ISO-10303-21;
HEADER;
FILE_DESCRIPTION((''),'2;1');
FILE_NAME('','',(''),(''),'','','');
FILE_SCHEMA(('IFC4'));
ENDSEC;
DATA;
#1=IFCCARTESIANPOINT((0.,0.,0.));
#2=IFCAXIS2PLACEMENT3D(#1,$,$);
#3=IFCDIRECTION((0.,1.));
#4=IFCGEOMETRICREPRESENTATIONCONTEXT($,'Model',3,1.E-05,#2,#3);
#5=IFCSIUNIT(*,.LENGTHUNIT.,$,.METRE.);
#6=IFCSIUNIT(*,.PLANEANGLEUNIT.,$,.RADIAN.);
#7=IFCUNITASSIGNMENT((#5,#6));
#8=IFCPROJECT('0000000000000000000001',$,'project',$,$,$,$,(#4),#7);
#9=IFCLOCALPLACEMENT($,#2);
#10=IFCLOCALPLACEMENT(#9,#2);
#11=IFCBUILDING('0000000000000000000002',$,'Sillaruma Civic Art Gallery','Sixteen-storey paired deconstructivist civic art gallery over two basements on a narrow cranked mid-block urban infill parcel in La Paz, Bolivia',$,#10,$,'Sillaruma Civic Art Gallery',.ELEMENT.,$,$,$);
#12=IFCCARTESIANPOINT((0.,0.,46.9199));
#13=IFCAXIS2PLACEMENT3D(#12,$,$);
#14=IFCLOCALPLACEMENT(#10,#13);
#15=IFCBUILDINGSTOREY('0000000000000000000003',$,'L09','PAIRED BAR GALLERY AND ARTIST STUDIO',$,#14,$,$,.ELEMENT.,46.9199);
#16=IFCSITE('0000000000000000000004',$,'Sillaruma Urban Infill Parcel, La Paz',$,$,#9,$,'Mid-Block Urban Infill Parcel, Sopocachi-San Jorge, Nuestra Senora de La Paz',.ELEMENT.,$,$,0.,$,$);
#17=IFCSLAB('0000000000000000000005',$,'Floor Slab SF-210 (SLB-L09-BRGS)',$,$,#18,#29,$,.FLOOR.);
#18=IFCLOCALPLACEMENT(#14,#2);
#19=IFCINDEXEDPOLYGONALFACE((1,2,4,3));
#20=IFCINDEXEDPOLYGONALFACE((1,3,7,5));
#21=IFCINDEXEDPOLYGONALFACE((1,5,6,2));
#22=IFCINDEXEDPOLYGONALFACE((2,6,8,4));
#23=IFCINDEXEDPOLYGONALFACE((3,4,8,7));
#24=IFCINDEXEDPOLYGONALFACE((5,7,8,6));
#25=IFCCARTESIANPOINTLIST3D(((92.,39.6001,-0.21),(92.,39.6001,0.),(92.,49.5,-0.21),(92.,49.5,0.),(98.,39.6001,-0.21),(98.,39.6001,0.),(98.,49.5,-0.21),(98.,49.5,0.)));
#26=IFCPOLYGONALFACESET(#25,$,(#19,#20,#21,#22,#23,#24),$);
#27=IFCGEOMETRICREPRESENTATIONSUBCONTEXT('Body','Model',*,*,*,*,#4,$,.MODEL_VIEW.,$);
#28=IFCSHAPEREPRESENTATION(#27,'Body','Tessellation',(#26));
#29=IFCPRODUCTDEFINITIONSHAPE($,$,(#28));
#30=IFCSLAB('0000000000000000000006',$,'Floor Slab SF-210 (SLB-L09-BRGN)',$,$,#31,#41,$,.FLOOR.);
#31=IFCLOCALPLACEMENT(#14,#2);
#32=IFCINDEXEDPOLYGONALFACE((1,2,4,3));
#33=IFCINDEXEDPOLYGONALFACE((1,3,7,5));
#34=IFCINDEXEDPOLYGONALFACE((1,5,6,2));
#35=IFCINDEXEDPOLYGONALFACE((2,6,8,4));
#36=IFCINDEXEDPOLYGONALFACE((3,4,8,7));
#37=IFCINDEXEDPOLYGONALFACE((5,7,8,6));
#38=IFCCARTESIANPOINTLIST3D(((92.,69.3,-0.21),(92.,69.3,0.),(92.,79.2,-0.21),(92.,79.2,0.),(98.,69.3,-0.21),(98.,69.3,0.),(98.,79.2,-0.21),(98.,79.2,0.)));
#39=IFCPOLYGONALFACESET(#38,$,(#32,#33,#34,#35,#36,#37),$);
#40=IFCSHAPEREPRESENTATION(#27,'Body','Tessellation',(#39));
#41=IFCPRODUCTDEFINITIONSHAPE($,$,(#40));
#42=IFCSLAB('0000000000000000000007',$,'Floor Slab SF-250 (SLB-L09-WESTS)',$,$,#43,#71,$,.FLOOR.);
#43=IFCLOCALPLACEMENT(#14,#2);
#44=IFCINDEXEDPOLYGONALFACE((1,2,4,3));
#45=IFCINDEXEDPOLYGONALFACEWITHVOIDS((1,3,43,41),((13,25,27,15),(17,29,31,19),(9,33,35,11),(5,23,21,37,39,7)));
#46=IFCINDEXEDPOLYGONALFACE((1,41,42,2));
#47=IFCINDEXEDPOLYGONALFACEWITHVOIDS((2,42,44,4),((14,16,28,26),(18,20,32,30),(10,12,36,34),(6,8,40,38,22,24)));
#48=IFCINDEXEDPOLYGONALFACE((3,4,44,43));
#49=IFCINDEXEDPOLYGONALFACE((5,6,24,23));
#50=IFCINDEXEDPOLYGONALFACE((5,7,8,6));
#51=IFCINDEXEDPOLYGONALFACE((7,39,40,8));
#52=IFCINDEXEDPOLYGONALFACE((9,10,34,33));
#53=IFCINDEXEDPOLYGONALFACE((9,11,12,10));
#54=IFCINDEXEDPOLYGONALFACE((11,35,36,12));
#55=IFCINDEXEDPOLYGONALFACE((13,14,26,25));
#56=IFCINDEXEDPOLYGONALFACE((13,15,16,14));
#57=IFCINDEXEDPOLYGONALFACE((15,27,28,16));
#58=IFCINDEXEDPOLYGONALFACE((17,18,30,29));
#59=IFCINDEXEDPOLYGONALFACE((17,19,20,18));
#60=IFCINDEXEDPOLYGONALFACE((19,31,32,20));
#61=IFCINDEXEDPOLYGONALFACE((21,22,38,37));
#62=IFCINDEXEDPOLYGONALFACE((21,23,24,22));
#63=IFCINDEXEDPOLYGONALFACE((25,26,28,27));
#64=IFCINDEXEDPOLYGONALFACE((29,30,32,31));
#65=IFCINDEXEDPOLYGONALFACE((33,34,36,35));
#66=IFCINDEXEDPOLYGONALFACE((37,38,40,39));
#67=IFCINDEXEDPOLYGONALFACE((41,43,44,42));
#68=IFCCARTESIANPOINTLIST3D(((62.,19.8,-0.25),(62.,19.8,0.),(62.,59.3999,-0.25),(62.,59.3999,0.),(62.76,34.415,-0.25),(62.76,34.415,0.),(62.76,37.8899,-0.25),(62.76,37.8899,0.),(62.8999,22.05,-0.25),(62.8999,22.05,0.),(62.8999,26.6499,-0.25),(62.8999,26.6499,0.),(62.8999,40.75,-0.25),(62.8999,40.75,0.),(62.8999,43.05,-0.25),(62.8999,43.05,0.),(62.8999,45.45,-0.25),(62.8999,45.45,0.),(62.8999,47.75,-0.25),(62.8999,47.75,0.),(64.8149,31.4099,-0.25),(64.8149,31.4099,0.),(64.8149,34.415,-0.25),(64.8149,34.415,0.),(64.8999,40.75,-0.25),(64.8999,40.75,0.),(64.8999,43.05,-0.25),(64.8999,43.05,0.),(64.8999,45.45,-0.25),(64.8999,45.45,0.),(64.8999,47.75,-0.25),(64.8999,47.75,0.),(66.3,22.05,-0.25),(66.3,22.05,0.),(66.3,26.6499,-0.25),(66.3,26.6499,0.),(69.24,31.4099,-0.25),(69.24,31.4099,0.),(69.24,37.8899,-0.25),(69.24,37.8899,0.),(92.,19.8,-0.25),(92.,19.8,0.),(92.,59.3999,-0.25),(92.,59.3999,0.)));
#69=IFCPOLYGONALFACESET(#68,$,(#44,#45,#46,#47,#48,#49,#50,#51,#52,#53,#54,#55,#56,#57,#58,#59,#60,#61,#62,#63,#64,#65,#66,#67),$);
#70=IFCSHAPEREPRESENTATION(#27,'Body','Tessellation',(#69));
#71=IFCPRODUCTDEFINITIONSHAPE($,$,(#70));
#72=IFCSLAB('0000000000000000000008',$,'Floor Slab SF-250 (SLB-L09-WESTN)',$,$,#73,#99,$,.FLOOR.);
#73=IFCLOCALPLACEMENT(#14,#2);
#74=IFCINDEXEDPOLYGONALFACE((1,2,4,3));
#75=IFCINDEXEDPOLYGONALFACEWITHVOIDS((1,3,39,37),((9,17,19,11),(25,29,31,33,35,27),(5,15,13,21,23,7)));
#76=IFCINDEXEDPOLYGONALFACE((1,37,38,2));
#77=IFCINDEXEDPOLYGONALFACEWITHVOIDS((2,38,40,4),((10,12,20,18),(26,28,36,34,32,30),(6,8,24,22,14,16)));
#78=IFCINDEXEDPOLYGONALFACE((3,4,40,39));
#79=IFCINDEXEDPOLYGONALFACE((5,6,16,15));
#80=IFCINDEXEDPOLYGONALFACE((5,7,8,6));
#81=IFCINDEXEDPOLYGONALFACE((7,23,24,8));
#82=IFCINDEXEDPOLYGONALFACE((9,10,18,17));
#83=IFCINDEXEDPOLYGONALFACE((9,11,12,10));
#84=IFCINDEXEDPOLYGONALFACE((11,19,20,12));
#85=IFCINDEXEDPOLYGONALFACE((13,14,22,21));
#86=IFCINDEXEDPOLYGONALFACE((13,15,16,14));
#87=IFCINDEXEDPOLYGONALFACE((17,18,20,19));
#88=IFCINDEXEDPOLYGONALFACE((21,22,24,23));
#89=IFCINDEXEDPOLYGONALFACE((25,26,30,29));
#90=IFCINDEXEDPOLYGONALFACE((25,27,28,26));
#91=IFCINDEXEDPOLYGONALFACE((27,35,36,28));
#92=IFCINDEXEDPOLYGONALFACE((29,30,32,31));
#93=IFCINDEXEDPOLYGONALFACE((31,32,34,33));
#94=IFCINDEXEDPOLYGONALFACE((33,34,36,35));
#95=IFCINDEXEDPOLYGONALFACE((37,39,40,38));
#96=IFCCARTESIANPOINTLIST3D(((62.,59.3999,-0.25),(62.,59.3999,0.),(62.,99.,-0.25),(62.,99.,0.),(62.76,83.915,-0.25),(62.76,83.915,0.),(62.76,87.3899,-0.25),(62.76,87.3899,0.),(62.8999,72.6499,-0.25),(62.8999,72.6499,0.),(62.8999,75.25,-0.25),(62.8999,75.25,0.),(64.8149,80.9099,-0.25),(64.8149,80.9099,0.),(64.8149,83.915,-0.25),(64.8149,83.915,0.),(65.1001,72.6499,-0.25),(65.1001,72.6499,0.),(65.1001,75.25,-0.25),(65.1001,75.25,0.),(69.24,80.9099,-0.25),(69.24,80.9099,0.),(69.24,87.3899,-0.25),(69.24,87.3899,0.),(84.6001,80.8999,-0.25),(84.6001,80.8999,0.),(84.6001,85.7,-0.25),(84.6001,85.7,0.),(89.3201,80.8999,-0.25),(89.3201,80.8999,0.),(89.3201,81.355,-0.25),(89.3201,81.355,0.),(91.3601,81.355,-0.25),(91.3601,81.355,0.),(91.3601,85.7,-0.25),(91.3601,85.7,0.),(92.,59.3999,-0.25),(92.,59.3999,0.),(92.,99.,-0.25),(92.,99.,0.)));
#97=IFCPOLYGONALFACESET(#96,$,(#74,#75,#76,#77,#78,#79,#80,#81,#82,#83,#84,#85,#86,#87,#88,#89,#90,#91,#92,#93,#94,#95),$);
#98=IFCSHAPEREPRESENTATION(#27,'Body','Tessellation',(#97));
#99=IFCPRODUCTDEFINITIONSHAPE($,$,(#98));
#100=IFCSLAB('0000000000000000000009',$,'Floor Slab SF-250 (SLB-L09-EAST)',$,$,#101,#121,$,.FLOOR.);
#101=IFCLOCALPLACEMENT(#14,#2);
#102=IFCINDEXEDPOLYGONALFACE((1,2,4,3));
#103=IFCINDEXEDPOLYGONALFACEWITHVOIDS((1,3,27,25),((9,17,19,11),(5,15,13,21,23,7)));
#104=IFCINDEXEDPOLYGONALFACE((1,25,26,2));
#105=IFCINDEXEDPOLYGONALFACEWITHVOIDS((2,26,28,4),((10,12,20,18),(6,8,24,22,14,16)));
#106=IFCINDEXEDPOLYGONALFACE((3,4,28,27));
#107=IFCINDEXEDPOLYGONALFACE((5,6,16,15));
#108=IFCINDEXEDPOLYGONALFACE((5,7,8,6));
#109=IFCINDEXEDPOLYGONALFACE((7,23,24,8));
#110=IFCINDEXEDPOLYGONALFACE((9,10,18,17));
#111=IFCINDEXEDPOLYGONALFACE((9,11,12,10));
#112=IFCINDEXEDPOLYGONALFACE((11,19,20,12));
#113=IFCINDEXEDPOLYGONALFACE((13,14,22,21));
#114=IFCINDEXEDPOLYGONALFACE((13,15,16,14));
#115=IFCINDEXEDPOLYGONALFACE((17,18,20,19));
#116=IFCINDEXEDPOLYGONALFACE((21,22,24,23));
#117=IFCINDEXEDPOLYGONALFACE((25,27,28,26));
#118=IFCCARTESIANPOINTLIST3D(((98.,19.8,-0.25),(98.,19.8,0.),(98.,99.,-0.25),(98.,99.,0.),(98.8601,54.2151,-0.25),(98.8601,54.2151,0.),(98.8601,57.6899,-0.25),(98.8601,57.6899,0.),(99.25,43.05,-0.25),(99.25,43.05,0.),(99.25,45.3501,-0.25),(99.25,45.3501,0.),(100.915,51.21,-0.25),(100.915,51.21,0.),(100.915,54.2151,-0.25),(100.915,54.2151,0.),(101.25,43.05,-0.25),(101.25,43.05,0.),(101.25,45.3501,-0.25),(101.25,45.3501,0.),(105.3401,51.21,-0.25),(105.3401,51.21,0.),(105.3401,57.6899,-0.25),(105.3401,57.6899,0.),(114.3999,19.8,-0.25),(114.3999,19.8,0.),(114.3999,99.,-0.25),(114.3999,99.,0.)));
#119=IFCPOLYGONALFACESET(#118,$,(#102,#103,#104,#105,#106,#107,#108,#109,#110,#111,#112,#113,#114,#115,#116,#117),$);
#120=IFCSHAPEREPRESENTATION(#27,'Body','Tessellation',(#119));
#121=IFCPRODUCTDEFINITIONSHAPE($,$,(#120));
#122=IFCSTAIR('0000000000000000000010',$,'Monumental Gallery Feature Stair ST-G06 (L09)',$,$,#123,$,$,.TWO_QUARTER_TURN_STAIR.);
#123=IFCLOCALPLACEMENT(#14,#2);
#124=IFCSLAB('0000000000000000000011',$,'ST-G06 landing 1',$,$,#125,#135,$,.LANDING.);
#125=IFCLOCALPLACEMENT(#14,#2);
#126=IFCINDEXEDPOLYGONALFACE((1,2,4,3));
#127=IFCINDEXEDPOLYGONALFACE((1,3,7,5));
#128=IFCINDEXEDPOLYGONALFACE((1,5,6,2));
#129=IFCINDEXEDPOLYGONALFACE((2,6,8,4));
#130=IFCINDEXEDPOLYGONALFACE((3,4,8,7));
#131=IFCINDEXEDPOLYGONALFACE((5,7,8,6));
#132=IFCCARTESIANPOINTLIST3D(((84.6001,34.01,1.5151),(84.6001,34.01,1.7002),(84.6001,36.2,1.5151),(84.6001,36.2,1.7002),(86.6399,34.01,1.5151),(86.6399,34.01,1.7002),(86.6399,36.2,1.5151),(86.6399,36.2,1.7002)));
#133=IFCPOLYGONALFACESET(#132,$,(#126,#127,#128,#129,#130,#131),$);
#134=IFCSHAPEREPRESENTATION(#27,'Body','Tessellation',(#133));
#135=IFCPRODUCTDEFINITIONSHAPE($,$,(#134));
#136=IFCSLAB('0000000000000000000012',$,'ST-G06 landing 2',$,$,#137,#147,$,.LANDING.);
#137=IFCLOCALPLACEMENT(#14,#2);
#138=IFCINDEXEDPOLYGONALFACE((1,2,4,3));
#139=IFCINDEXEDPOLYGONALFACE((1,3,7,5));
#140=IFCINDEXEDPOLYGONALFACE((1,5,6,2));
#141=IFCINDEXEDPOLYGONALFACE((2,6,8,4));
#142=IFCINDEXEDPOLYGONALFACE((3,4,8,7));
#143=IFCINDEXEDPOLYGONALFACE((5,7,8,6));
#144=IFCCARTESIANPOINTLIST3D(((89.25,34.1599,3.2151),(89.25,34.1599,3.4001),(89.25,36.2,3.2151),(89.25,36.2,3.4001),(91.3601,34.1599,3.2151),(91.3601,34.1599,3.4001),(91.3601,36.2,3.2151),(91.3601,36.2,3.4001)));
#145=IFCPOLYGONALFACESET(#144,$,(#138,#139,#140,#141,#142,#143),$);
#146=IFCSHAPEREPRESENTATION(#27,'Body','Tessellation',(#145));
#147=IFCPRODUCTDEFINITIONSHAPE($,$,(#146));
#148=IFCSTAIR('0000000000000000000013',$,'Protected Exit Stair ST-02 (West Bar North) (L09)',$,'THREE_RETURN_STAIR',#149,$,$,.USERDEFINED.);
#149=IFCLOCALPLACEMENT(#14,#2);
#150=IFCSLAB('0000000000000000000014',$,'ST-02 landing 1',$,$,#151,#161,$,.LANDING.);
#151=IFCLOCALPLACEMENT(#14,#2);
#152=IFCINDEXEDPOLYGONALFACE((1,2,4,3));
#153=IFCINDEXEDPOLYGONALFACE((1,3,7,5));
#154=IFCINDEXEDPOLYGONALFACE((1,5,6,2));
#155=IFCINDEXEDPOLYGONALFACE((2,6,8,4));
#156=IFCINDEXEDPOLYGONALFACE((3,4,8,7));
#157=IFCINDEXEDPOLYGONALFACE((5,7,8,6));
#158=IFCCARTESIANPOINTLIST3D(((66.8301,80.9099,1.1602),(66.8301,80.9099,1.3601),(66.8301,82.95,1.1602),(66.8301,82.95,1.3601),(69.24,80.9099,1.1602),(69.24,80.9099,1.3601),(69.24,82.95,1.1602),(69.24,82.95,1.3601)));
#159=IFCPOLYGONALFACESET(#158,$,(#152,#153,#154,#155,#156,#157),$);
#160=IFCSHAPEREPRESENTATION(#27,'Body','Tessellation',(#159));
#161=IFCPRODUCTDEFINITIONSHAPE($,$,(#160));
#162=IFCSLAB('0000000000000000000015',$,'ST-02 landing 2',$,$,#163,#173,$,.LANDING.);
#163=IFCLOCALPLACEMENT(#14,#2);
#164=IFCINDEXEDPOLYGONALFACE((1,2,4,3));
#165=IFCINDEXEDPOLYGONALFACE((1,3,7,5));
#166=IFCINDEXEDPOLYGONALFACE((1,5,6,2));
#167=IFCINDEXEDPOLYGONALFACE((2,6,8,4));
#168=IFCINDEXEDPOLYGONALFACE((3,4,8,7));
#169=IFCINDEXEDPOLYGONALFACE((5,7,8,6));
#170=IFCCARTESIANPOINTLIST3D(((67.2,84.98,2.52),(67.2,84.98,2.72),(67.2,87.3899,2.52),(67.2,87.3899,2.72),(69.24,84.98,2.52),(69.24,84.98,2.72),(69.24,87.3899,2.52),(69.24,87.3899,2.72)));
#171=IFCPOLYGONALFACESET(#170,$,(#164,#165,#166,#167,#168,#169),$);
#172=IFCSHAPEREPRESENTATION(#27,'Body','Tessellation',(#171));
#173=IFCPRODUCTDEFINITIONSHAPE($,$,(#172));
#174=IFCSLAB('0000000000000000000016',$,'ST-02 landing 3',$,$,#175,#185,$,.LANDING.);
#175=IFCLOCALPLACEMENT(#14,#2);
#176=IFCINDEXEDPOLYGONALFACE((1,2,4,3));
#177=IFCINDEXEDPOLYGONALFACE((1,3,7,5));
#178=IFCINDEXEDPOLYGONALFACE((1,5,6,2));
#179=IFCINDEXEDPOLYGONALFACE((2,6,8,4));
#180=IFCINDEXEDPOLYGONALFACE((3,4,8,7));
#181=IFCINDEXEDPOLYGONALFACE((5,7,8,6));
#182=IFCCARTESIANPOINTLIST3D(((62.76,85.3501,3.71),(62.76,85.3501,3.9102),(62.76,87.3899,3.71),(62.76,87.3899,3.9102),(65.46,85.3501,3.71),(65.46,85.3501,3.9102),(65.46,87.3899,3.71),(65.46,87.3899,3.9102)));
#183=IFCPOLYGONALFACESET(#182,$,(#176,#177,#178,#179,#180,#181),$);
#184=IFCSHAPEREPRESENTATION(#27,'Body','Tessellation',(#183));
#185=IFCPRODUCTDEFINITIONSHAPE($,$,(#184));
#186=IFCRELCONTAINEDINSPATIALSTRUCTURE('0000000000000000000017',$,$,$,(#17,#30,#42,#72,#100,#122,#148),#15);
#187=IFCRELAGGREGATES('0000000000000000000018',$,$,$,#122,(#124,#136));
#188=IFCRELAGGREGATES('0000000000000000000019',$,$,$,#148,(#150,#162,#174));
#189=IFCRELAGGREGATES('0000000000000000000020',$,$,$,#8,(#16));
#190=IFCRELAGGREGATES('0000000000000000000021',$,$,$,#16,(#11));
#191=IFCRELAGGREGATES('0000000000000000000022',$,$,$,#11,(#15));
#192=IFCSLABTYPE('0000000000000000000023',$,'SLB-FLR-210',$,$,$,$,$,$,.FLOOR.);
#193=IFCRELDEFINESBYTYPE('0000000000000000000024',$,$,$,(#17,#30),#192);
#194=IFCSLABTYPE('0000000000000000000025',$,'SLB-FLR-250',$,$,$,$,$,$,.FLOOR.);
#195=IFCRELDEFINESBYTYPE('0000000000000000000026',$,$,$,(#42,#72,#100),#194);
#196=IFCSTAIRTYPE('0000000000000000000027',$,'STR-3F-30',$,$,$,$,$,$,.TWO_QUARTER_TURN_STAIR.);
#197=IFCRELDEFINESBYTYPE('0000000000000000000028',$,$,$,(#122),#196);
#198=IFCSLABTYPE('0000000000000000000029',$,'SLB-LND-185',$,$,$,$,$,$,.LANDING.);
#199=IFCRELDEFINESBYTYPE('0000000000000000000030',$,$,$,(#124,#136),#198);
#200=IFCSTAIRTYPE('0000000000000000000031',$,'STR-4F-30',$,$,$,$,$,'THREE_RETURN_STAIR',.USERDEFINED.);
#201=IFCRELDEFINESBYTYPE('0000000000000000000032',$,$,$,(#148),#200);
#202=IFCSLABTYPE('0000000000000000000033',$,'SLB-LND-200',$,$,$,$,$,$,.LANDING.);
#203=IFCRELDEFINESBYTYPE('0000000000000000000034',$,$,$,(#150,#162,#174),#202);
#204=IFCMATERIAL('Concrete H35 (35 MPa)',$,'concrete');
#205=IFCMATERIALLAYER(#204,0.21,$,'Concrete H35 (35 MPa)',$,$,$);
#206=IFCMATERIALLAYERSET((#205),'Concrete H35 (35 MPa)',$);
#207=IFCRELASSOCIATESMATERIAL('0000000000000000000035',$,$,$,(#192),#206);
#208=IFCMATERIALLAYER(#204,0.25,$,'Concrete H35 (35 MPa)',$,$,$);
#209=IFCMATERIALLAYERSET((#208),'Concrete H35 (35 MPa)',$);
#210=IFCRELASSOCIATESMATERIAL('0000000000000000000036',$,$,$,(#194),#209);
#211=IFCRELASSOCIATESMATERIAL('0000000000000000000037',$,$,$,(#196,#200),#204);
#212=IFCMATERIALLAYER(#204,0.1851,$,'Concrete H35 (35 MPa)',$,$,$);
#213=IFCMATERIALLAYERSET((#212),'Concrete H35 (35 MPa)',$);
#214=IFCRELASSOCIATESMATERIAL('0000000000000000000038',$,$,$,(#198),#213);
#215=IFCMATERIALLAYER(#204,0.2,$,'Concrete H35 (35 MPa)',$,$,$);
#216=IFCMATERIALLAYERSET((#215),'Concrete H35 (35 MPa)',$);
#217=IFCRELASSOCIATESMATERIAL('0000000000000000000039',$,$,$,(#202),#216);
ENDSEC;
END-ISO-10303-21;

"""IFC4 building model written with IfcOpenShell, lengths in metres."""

from ifc_helpers import new_model, si_unit, direction, frame, origin, place, context, subcontext, project, spatial, polyline, outline, extrude, material, layer, layer_set, type_object, element, aggregate, save


model = new_model("IFC4")

# Units and contexts
model_context = context("Model", 3, precision=1e-05, world=origin(), true_north=direction((0.0, 1.0)))
body_context = subcontext(model_context, "Body", "Model", "MODEL_VIEW")
ifc_project = project(units=[si_unit("LENGTHUNIT", "METRE"), si_unit("PLANEANGLEUNIT", "RADIAN")], contexts=[model_context])

# Site, building, storey
site_placement = place(None, origin())
site = spatial("IfcSite", under=ifc_project, at=site_placement, Name="Sillaruma Urban Infill Parcel, La Paz", LongName="Mid-Block Urban Infill Parcel, Sopocachi-San Jorge, Nuestra Senora de La Paz", CompositionType="ELEMENT", RefElevation=0.0)
building_placement = place(site_placement, origin())
building = spatial("IfcBuilding", under=site, at=building_placement, Name="Sillaruma Civic Art Gallery", Description="Sixteen-storey paired deconstructivist civic art gallery over two basements on a narrow cranked mid-block urban infill parcel in La Paz, Bolivia", LongName="Sillaruma Civic Art Gallery", CompositionType="ELEMENT")
storey_placement = place(building_placement, frame((0.0, 0.0, 46.9199)))
storey = spatial("IfcBuildingStorey", under=building, at=storey_placement, Name="L09", Description="PAIRED BAR GALLERY AND ARTIST STUDIO", CompositionType="ELEMENT", Elevation=46.9199)

# Slabs
ifc_material_1 = material(Name="Concrete H35 (35 MPa)", Category="concrete")
ifc_layer_1 = layer(ifc_material_1, 0.21, Name="Concrete H35 (35 MPa)")
ifc_layer_set_1 = layer_set([ifc_layer_1], Name="Concrete H35 (35 MPa)")
slab_type_1 = type_object("IfcSlabType", Name="SLB-FLR-210", PredefinedType="FLOOR", material=ifc_layer_set_1)
slab_1_placement = place(storey_placement, frame((0.0, 0.0, -0.21)))
element("IfcSlab", 1, at=slab_1_placement, inside=storey, type_object=slab_type_1, Name="Floor Slab SF-210 (SLB-L09-BRGS)", PredefinedType="FLOOR", context=body_context, shape_type="SweptSolid", body=[
    extrude(outline(polyline([(92.0, 39.6001), (98.0, 39.6001), (98.0, 49.5), (92.0, 49.5), (92.0, 39.6001)])), origin(), (0.0, 0.0, 1.0), 0.21),
])
slab_2_placement = place(storey_placement, frame((0.0, 0.0, -0.21)))
element("IfcSlab", 2, at=slab_2_placement, inside=storey, type_object=slab_type_1, Name="Floor Slab SF-210 (SLB-L09-BRGN)", PredefinedType="FLOOR", context=body_context, shape_type="SweptSolid", body=[
    extrude(outline(polyline([(92.0, 69.3), (98.0, 69.3), (98.0, 79.2), (92.0, 79.2), (92.0, 69.3)])), origin(), (0.0, 0.0, 1.0), 0.21),
])
ifc_layer_2 = layer(ifc_material_1, 0.25, Name="Concrete H35 (35 MPa)")
ifc_layer_set_2 = layer_set([ifc_layer_2], Name="Concrete H35 (35 MPa)")
slab_type_2 = type_object("IfcSlabType", Name="SLB-FLR-250", PredefinedType="FLOOR", material=ifc_layer_set_2)
slab_3_placement = place(storey_placement, frame((0.0, 0.0, -0.25)))
element("IfcSlab", 3, at=slab_3_placement, inside=storey, type_object=slab_type_2, Name="Floor Slab SF-250 (SLB-L09-WESTS)", PredefinedType="FLOOR", context=body_context, shape_type="SweptSolid", body=[
    extrude(outline(polyline([(62.0, 19.8), (92.0, 19.8), (92.0, 59.3999), (62.0, 59.3999), (62.0, 19.8)]), holes=[polyline([(64.8149, 31.4099), (69.24, 31.4099), (69.24, 37.8899), (62.76, 37.8899), (62.76, 34.415), (64.8149, 34.415), (64.8149, 31.4099)]), polyline([(62.8999, 40.75), (64.8999, 40.75), (64.8999, 43.05), (62.8999, 43.05), (62.8999, 40.75)]), polyline([(62.8999, 45.45), (64.8999, 45.45), (64.8999, 47.75), (62.8999, 47.75), (62.8999, 45.45)]), polyline([(62.8999, 22.05), (66.3, 22.05), (66.3, 26.6499), (62.8999, 26.6499), (62.8999, 22.05)])]), origin(), (0.0, 0.0, 1.0), 0.25),
])
slab_4_placement = place(storey_placement, frame((0.0, 0.0, -0.25)))
element("IfcSlab", 4, at=slab_4_placement, inside=storey, type_object=slab_type_2, Name="Floor Slab SF-250 (SLB-L09-WESTN)", PredefinedType="FLOOR", context=body_context, shape_type="SweptSolid", body=[
    extrude(outline(polyline([(62.0, 59.3999), (92.0, 59.3999), (92.0, 99.0), (62.0, 99.0), (62.0, 59.3999)]), holes=[polyline([(64.8149, 80.9099), (69.24, 80.9099), (69.24, 87.3899), (62.76, 87.3899), (62.76, 83.915), (64.8149, 83.915), (64.8149, 80.9099)]), polyline([(84.6001, 80.8999), (89.3201, 80.8999), (89.3201, 81.355), (91.3601, 81.355), (91.3601, 85.7), (84.6001, 85.7), (84.6001, 80.8999)]), polyline([(62.8999, 72.6499), (65.1001, 72.6499), (65.1001, 75.25), (62.8999, 75.25), (62.8999, 72.6499)])]), origin(), (0.0, 0.0, 1.0), 0.25),
])
slab_5_placement = place(storey_placement, frame((0.0, 0.0, -0.25)))
element("IfcSlab", 5, at=slab_5_placement, inside=storey, type_object=slab_type_2, Name="Floor Slab SF-250 (SLB-L09-EAST)", PredefinedType="FLOOR", context=body_context, shape_type="SweptSolid", body=[
    extrude(outline(polyline([(98.0, 19.8), (114.3999, 19.8), (114.3999, 99.0), (98.0, 99.0), (98.0, 19.8)]), holes=[polyline([(100.915, 51.21), (105.3401, 51.21), (105.3401, 57.6899), (98.8601, 57.6899), (98.8601, 54.2151), (100.915, 54.2151), (100.915, 51.21)]), polyline([(99.25, 43.05), (101.25, 43.05), (101.25, 45.3501), (99.25, 45.3501), (99.25, 43.05)])]), origin(), (0.0, 0.0, 1.0), 0.25),
])

# Stairs, slabs
stair_type_1 = type_object("IfcStairType", Name="STR-3F-30", PredefinedType="TWO_QUARTER_TURN_STAIR", material=ifc_material_1)
stair_1_placement = place(storey_placement, origin())
stair_1 = element("IfcStair", 6, at=stair_1_placement, inside=storey, type_object=stair_type_1, Name="Monumental Gallery Feature Stair ST-G06 (L09)", PredefinedType="TWO_QUARTER_TURN_STAIR")
ifc_layer_3 = layer(ifc_material_1, 0.1851, Name="Concrete H35 (35 MPa)")
ifc_layer_set_3 = layer_set([ifc_layer_3], Name="Concrete H35 (35 MPa)")
slab_type_3 = type_object("IfcSlabType", Name="SLB-LND-185", PredefinedType="LANDING", material=ifc_layer_set_3)
slab_6_placement = place(storey_placement, frame((0.0, 0.0, 1.5151)))
slab_6 = element("IfcSlab", 7, at=slab_6_placement, type_object=slab_type_3, Name="ST-G06 landing 1", PredefinedType="LANDING", context=body_context, shape_type="SweptSolid", body=[
    extrude(outline(polyline([(84.6001, 34.01), (86.6399, 34.01), (86.6399, 36.2), (84.6001, 36.2), (84.6001, 34.01)])), origin(), (0.0, 0.0, 1.0), 0.1851),
])
slab_7_placement = place(storey_placement, frame((0.0, 0.0, 3.2151)))
slab_7 = element("IfcSlab", 8, at=slab_7_placement, type_object=slab_type_3, Name="ST-G06 landing 2", PredefinedType="LANDING", context=body_context, shape_type="SweptSolid", body=[
    extrude(outline(polyline([(89.25, 34.1599), (91.3601, 34.1599), (91.3601, 36.2), (89.25, 36.2), (89.25, 34.1599)])), origin(), (0.0, 0.0, 1.0), 0.1851),
])
aggregate(stair_1, [slab_6, slab_7])
stair_type_2 = type_object("IfcStairType", Name="STR-4F-30", ElementType="THREE_RETURN_STAIR", PredefinedType="USERDEFINED", material=ifc_material_1)
stair_2_placement = place(storey_placement, origin())
stair_2 = element("IfcStair", 9, at=stair_2_placement, inside=storey, type_object=stair_type_2, Name="Protected Exit Stair ST-02 (West Bar North) (L09)", ObjectType="THREE_RETURN_STAIR", PredefinedType="USERDEFINED")
ifc_layer_4 = layer(ifc_material_1, 0.2, Name="Concrete H35 (35 MPa)")
ifc_layer_set_4 = layer_set([ifc_layer_4], Name="Concrete H35 (35 MPa)")
slab_type_4 = type_object("IfcSlabType", Name="SLB-LND-200", PredefinedType="LANDING", material=ifc_layer_set_4)
slab_8_placement = place(storey_placement, frame((0.0, 0.0, 1.1602)))
slab_8 = element("IfcSlab", 10, at=slab_8_placement, type_object=slab_type_4, Name="ST-02 landing 1", PredefinedType="LANDING", context=body_context, shape_type="SweptSolid", body=[
    extrude(outline(polyline([(66.8301, 80.9099), (69.24, 80.9099), (69.24, 82.95), (66.8301, 82.95), (66.8301, 80.9099)])), origin(), (0.0, 0.0, 1.0), 0.2),
])
slab_9_placement = place(storey_placement, frame((0.0, 0.0, 2.52)))
slab_9 = element("IfcSlab", 11, at=slab_9_placement, type_object=slab_type_4, Name="ST-02 landing 2", PredefinedType="LANDING", context=body_context, shape_type="SweptSolid", body=[
    extrude(outline(polyline([(67.2, 84.98), (69.24, 84.98), (69.24, 87.3899), (67.2, 87.3899), (67.2, 84.98)])), origin(), (0.0, 0.0, 1.0), 0.2),
])
slab_10_placement = place(storey_placement, frame((0.0, 0.0, 3.71)))
slab_10 = element("IfcSlab", 12, at=slab_10_placement, type_object=slab_type_4, Name="ST-02 landing 3", PredefinedType="LANDING", context=body_context, shape_type="SweptSolid", body=[
    extrude(outline(polyline([(62.76, 85.3501), (65.46, 85.3501), (65.46, 87.3899), (62.76, 87.3899), (62.76, 85.3501)])), origin(), (0.0, 0.0, 1.0), 0.2002),
])
aggregate(stair_2, [slab_8, slab_9, slab_10])

save(model, "model.ifc")
